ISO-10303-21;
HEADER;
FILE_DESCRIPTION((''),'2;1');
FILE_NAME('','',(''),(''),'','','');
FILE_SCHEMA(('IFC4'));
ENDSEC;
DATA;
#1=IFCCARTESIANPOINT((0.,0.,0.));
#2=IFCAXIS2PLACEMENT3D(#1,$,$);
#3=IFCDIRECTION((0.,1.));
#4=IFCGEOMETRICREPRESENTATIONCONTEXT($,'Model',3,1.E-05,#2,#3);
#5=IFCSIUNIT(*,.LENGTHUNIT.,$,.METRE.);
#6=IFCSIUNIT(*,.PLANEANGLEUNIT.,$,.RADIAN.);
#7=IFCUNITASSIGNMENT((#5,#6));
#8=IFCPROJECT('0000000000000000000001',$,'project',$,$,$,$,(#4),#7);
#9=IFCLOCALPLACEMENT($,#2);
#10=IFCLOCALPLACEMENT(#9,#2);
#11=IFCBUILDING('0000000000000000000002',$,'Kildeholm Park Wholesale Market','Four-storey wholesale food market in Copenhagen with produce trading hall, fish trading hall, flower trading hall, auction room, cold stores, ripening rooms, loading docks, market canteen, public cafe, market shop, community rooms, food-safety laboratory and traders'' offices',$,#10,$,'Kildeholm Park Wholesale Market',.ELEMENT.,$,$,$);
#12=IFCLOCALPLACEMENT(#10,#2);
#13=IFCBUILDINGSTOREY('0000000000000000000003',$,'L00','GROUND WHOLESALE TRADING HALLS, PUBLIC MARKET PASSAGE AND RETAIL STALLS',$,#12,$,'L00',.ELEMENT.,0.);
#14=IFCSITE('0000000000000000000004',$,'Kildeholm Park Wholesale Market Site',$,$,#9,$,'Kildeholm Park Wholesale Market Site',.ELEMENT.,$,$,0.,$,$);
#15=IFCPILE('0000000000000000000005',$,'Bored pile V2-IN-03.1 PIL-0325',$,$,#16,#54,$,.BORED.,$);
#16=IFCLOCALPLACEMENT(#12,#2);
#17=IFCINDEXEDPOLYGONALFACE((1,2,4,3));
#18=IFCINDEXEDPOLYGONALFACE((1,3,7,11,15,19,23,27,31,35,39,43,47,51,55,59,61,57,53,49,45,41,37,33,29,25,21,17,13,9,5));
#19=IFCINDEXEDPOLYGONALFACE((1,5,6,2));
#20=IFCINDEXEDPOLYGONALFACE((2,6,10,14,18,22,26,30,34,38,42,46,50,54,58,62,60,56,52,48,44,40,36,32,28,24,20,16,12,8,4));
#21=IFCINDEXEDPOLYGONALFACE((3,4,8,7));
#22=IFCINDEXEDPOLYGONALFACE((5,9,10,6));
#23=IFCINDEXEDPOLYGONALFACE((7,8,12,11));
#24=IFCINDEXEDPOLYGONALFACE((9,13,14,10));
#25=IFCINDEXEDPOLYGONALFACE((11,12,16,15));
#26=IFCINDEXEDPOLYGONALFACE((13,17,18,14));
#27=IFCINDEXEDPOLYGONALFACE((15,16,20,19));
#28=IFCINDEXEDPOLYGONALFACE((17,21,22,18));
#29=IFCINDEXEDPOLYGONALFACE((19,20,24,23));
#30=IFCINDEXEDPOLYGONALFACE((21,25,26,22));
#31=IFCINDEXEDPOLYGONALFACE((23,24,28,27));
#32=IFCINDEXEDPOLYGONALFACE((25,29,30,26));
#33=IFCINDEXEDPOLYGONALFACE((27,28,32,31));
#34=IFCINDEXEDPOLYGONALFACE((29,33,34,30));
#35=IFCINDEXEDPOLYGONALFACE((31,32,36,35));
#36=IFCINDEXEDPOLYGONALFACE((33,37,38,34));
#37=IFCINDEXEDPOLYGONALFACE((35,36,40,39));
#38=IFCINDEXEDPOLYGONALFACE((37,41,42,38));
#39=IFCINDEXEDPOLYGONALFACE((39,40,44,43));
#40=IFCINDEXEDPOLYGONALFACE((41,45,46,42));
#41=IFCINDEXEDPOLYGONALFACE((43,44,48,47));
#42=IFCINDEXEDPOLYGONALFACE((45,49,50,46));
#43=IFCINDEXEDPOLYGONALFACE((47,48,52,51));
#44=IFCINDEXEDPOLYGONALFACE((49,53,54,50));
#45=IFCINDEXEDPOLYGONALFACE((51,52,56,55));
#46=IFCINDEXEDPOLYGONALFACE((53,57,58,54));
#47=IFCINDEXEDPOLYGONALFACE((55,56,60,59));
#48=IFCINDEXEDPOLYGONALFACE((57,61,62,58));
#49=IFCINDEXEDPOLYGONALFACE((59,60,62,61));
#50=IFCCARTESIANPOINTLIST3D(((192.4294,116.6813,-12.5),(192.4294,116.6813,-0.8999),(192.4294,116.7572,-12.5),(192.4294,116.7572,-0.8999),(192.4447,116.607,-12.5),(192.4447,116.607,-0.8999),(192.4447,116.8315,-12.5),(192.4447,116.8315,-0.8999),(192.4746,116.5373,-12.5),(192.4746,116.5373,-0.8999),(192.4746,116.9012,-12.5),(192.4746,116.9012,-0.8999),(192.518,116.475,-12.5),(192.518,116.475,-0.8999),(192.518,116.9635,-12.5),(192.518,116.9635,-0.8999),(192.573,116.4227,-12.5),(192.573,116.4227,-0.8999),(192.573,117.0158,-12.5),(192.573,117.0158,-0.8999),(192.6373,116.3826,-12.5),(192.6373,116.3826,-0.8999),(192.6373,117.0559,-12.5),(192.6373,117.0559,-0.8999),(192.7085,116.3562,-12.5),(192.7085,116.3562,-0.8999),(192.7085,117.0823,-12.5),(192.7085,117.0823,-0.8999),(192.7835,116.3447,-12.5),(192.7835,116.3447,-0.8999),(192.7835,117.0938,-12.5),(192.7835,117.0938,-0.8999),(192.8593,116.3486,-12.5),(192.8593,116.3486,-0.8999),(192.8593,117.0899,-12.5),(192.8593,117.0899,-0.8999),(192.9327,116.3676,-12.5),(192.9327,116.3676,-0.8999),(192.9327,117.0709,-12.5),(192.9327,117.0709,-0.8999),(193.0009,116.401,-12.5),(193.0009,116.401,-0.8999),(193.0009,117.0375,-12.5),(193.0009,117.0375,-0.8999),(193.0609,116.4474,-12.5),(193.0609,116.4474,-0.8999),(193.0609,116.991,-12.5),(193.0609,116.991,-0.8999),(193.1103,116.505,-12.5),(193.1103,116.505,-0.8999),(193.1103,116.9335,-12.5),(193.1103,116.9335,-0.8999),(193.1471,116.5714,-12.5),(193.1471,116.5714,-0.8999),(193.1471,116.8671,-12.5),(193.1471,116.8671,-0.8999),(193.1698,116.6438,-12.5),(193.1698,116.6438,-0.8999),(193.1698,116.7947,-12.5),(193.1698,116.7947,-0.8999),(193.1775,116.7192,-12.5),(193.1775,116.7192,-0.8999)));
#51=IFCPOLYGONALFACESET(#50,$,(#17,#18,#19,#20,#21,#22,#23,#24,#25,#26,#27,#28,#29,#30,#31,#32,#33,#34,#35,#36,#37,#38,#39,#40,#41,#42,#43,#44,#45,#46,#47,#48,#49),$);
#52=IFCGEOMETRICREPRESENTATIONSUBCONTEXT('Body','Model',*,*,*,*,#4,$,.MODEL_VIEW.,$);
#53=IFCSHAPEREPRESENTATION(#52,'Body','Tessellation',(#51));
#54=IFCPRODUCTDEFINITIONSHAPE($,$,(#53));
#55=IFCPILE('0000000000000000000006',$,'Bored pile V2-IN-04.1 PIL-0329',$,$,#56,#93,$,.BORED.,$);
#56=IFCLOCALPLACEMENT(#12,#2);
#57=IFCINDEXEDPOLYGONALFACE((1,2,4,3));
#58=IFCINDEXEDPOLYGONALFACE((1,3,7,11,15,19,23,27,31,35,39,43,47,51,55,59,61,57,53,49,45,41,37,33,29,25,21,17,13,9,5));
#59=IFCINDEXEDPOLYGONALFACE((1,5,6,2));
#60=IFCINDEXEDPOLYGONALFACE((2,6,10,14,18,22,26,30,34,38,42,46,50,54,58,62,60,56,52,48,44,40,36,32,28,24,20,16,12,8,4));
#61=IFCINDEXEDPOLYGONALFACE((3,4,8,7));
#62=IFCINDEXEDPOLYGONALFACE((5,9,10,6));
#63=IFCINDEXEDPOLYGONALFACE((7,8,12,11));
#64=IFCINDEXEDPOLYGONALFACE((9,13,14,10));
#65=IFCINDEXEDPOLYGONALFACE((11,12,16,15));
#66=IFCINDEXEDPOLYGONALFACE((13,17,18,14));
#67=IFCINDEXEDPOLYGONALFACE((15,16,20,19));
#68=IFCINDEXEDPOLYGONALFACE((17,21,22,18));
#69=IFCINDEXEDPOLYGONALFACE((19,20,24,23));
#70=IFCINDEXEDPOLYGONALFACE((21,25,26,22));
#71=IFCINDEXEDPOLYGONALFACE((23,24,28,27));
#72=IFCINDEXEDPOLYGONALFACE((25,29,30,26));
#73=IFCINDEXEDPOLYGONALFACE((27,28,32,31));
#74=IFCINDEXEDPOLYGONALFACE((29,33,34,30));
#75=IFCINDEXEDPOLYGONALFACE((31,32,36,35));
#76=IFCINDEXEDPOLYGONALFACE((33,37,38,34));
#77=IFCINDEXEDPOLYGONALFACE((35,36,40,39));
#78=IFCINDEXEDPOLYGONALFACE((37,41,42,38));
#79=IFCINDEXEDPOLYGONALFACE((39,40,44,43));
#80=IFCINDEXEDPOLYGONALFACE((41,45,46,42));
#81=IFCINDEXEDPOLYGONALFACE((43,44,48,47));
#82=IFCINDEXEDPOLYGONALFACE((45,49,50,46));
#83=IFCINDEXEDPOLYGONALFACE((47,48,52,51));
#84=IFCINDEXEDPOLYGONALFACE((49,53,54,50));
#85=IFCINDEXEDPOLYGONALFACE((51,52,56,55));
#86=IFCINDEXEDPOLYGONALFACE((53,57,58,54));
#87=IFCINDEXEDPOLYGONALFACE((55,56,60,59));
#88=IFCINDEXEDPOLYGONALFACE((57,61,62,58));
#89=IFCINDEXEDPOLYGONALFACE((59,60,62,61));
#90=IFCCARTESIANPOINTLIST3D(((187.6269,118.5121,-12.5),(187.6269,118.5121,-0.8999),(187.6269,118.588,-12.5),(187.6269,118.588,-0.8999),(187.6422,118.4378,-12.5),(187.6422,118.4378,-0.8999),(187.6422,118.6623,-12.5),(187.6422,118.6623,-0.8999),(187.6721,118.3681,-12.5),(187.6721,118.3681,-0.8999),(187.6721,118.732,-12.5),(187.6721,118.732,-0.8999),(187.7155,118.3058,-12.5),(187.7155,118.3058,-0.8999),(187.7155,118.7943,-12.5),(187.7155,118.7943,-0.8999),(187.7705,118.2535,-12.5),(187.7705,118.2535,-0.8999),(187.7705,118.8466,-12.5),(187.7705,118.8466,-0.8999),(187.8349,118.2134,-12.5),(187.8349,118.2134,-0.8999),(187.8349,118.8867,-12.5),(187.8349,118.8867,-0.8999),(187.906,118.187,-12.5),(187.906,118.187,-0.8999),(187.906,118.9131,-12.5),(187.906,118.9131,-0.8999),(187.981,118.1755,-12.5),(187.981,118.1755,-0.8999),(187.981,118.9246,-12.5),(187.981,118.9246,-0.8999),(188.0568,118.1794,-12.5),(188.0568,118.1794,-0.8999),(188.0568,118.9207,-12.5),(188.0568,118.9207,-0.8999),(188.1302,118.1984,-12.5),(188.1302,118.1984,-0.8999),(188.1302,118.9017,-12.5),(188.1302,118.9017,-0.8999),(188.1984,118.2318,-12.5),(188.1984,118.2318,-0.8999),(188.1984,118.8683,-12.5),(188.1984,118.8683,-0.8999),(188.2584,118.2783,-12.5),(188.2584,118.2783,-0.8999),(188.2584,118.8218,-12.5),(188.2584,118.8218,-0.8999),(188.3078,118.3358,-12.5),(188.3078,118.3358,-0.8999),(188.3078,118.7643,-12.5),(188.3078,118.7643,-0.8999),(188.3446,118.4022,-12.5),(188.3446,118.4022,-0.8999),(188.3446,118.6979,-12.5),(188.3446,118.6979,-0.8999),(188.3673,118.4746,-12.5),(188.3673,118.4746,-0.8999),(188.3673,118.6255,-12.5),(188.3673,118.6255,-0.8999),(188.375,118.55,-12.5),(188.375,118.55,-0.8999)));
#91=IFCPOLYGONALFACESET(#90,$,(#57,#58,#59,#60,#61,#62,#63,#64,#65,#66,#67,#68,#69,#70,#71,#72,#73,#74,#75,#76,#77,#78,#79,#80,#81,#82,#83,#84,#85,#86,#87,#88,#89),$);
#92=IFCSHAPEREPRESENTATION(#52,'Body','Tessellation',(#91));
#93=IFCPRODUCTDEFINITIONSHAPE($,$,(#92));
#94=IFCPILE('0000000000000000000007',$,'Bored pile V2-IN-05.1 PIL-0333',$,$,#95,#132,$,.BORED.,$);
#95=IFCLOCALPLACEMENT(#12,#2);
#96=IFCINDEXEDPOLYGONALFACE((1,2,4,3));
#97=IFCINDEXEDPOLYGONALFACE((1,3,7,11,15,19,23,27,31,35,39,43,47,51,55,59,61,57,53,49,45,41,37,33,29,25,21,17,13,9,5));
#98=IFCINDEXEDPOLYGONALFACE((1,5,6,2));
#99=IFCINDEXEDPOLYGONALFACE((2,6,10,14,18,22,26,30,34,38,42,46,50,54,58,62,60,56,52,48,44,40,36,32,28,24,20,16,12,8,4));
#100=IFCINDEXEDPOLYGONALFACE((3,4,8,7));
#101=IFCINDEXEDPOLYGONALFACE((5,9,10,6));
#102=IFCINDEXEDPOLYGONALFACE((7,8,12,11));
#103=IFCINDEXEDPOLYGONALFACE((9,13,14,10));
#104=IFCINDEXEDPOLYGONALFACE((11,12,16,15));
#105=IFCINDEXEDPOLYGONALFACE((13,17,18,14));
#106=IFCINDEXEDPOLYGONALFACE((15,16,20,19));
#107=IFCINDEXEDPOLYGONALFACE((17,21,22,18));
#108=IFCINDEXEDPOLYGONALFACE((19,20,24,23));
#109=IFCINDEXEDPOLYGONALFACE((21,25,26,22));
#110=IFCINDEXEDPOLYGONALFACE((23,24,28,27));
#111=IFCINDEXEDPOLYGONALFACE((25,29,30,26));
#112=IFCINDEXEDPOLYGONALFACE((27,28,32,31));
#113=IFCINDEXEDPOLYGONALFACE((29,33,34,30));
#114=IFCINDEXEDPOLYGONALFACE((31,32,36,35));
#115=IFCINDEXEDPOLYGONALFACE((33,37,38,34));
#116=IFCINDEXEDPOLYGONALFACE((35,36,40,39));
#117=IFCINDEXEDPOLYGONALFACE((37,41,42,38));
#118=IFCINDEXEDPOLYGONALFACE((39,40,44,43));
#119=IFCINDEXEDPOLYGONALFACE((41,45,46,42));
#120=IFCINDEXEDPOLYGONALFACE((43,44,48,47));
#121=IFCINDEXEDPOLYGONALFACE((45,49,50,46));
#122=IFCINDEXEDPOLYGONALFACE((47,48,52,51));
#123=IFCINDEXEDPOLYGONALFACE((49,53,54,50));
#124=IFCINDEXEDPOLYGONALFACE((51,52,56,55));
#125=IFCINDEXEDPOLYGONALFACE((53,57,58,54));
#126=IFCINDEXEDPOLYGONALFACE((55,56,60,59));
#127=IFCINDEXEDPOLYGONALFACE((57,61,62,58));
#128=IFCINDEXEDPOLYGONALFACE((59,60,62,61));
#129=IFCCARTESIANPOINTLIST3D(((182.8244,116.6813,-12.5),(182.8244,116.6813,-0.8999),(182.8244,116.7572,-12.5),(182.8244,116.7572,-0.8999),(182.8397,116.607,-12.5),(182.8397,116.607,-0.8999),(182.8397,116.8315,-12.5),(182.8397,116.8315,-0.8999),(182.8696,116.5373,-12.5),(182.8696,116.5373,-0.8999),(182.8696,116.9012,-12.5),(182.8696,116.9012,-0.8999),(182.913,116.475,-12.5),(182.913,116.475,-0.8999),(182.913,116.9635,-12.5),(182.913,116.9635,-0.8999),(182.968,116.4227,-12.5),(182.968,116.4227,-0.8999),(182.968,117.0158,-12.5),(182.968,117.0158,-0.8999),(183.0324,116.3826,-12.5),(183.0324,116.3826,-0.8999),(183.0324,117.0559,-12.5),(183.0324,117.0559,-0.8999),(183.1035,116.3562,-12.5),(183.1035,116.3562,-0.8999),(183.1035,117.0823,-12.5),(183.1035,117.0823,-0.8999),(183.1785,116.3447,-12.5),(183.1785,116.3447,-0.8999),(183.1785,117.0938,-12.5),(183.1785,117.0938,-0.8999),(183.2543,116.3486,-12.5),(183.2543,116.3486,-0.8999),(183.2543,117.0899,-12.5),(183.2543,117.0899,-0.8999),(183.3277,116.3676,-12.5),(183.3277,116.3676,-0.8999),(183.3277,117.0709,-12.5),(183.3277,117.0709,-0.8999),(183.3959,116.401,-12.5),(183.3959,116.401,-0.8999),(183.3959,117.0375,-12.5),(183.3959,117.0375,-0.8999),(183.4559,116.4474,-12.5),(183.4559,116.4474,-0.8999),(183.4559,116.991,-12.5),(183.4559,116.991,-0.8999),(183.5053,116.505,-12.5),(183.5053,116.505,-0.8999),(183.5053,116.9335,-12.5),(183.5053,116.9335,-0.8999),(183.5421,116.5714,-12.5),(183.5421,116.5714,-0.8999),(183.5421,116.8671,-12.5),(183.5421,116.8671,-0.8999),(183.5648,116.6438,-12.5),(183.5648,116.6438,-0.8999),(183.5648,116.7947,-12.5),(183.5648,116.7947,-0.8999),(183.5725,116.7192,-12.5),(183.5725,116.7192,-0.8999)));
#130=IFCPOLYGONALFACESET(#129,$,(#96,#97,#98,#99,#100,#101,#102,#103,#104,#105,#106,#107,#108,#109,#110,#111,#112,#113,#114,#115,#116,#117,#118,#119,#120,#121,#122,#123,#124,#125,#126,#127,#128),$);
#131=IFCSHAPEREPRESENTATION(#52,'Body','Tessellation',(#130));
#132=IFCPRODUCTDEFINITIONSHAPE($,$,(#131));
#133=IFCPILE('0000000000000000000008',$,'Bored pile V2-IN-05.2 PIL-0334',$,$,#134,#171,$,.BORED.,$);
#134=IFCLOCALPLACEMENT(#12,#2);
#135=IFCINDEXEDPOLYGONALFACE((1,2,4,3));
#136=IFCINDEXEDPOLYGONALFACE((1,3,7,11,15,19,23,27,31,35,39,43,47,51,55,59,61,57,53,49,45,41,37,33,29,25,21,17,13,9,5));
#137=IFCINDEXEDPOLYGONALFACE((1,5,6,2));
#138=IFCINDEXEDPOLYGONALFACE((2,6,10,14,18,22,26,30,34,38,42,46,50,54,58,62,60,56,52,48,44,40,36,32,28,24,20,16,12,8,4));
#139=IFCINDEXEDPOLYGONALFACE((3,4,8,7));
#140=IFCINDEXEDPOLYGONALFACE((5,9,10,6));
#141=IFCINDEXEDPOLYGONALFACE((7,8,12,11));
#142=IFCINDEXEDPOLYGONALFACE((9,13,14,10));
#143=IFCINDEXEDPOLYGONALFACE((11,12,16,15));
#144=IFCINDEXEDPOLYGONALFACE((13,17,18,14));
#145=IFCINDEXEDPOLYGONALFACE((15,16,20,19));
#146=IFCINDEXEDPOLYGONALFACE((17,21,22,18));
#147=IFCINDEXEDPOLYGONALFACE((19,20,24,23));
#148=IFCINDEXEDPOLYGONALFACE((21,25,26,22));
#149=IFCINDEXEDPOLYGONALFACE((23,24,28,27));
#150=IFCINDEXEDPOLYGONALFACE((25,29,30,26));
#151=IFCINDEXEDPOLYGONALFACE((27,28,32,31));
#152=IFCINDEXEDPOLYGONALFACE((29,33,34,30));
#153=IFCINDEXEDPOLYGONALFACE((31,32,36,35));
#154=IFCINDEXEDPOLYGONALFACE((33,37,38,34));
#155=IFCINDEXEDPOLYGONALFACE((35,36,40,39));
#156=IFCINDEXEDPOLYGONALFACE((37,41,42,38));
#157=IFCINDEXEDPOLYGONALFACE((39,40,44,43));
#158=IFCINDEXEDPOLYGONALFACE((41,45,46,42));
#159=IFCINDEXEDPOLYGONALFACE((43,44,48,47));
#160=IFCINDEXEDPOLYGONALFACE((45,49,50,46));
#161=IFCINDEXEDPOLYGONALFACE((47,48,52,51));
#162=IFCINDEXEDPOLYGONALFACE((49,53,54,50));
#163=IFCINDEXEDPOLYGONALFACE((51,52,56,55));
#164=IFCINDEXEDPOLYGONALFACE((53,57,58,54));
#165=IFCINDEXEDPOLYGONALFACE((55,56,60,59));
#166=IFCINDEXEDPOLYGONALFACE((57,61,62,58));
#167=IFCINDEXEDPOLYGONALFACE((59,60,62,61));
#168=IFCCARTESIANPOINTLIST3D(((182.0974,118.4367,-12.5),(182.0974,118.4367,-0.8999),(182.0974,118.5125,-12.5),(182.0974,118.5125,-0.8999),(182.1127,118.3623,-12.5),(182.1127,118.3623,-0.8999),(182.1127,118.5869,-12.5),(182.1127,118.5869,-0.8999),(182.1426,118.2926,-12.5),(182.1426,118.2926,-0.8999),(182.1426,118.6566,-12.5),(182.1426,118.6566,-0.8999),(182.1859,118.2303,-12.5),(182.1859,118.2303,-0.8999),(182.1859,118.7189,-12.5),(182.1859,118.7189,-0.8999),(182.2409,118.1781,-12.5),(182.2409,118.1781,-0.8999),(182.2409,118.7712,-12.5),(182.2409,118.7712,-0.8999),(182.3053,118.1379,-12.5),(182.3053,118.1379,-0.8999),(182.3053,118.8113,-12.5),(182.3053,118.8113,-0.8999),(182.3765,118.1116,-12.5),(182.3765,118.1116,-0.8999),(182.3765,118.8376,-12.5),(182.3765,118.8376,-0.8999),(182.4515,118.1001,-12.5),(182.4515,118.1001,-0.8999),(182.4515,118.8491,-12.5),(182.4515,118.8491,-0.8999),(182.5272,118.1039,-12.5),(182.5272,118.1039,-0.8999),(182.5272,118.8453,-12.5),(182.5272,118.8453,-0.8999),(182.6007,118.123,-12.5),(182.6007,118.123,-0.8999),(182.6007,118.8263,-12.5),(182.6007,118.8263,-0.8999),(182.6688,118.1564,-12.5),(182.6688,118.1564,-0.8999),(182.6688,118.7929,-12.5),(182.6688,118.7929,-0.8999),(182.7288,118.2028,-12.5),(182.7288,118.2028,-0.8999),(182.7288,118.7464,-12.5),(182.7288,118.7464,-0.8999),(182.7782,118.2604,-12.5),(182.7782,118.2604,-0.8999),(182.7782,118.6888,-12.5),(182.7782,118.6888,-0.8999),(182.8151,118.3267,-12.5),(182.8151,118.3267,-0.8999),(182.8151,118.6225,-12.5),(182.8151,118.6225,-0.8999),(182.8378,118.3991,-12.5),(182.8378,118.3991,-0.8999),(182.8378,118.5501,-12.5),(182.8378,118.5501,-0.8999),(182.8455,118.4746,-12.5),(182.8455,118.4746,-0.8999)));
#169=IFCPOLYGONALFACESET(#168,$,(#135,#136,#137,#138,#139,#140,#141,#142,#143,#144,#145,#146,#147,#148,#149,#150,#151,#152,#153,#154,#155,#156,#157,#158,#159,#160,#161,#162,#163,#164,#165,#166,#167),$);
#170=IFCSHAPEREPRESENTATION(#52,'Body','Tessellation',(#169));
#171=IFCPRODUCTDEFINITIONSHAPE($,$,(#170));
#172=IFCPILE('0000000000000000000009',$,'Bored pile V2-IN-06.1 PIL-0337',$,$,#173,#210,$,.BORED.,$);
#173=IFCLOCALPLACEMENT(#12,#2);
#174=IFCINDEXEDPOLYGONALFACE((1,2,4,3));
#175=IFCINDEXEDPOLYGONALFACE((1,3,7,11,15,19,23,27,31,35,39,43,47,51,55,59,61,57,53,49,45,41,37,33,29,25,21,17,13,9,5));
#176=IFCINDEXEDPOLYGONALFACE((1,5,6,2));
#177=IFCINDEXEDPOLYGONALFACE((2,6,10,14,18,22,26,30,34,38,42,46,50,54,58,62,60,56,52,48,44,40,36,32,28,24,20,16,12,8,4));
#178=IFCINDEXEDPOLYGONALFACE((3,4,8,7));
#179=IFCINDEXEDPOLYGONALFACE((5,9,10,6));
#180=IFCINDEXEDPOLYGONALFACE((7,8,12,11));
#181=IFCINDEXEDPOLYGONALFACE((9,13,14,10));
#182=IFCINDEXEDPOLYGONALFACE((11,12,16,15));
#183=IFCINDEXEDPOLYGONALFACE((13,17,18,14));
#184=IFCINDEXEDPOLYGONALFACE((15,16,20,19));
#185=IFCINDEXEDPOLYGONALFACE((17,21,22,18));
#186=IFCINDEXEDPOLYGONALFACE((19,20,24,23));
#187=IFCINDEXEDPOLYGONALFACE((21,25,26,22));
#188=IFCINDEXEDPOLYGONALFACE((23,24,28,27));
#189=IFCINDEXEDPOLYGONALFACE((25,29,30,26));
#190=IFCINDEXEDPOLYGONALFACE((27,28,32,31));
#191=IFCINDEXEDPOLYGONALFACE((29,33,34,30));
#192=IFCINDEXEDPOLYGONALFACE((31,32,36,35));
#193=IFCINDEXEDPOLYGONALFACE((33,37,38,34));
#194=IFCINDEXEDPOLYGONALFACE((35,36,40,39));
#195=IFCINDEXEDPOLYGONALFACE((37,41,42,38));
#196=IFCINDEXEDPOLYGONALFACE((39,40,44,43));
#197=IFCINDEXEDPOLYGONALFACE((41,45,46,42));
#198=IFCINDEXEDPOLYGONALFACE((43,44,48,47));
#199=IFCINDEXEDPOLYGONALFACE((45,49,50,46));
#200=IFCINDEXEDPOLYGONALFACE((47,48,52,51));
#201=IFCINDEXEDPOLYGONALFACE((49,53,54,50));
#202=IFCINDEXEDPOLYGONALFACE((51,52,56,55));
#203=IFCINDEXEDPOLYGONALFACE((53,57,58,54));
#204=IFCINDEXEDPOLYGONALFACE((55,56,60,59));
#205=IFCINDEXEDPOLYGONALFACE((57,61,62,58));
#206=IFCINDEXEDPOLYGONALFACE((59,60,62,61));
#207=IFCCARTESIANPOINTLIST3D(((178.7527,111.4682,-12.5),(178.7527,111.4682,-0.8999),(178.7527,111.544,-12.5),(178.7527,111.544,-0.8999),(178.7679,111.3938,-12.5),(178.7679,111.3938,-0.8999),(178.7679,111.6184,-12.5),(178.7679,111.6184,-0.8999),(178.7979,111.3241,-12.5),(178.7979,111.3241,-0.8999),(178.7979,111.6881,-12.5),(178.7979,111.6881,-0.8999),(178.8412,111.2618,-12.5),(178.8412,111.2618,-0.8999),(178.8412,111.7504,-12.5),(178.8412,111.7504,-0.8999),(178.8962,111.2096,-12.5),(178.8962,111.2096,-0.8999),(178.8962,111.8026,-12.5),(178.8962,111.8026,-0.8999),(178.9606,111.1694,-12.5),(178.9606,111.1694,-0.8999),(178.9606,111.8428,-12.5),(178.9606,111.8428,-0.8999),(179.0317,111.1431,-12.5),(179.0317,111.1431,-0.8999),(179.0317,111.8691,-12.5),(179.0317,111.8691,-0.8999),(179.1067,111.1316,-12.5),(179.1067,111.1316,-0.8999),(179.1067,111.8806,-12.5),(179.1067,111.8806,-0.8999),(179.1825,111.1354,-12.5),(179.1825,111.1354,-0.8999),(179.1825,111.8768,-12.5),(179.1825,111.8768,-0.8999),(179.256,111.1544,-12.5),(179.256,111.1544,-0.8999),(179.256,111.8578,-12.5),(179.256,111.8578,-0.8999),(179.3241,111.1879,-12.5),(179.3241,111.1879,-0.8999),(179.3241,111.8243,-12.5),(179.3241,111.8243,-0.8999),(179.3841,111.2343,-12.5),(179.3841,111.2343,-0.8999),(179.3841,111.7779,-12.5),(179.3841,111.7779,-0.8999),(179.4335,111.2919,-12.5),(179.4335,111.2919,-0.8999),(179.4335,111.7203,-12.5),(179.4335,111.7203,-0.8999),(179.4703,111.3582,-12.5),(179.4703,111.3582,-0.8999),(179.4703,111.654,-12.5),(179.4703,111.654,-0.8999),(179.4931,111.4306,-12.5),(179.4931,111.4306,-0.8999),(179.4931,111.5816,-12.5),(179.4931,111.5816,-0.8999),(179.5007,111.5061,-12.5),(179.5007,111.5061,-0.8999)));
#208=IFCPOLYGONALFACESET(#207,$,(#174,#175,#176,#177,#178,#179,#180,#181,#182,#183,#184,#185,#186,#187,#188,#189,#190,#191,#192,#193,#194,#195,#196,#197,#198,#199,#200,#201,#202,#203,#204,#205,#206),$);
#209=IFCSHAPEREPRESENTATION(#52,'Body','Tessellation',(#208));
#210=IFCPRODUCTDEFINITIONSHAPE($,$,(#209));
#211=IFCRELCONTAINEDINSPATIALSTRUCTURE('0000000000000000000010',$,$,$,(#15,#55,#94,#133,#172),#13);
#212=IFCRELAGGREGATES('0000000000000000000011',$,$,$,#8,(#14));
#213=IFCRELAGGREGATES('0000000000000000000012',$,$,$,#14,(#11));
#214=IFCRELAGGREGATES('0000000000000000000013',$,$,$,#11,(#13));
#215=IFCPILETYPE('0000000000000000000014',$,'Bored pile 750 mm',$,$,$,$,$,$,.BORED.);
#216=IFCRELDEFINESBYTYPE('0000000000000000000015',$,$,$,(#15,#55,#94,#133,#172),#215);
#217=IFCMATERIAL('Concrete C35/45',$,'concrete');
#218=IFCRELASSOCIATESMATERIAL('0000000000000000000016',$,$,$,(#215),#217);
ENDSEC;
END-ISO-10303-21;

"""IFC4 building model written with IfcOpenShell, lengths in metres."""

from ifc_helpers import new_model, si_unit, direction, frame, origin, origin_2d, place, context, subcontext, project, spatial, circle, extrude, material, material_profile, profile_set, type_object, element, save


model = new_model("IFC4")

# Units and contexts
model_context = context("Model", 3, precision=1e-05, world=origin(), true_north=direction((0.0, 1.0)))
body_context = subcontext(model_context, "Body", "Model", "MODEL_VIEW")
ifc_project = project(units=[si_unit("LENGTHUNIT", "METRE"), si_unit("PLANEANGLEUNIT", "RADIAN")], contexts=[model_context])

# Site, building, storey
site_placement = place(None, origin())
site = spatial("IfcSite", under=ifc_project, at=site_placement, Name="Kildeholm Park Wholesale Market Site", LongName="Kildeholm Park Wholesale Market Site", CompositionType="ELEMENT", RefElevation=0.0)
building_placement = place(site_placement, origin())
building = spatial("IfcBuilding", under=site, at=building_placement, Name="Kildeholm Park Wholesale Market", Description="Four-storey wholesale food market in Copenhagen with produce trading hall, fish trading hall, flower trading hall, auction room, cold stores, ripening rooms, loading docks, market canteen, public cafe, market shop, community rooms, food-safety laboratory and traders' offices", LongName="Kildeholm Park Wholesale Market", CompositionType="ELEMENT")
storey_placement = place(building_placement, origin())
storey = spatial("IfcBuildingStorey", under=building, at=storey_placement, Name="L00", Description="GROUND WHOLESALE TRADING HALLS, PUBLIC MARKET PASSAGE AND RETAIL STALLS", LongName="L00", CompositionType="ELEMENT", Elevation=0.0)

# Piles
ifc_material_1 = material(Name="Concrete C35/45", Category="concrete")
ifc_material_profile_1 = material_profile(ifc_material_1, circle(Radius=0.375, at=origin_2d()), Name="PILE D750")
ifc_profile_set_1 = profile_set([ifc_material_profile_1], Name="Concrete C35/45")
pile_type = type_object("IfcPileType", Name="Bored pile 750 mm", PredefinedType="BORED", material=ifc_profile_set_1)
for number, where, z_axis, x_axis, name in (
    (1, (192.8025, 116.7192, -0.8999), (0.0, 0.0, -1.0), (1.0, 0.0, 0.0), "Bored pile V2-IN-03.1 PIL-0325"),
    (2, (188.0, 118.55, -0.8999), (0.0, 0.0, -1.0), (1.0, 0.0, 0.0), "Bored pile V2-IN-04.1 PIL-0329"),
    (3, (183.1975, 116.7192, -0.8999), (0.0, 0.0, -1.0), (1.0, 0.0, 0.0), "Bored pile V2-IN-05.1 PIL-0333"),
    (4, (182.4705, 118.4746, -0.8999), (0.0, 0.0, -1.0), (1.0, 0.0, 0.0), "Bored pile V2-IN-05.2 PIL-0334"),
    (5, (179.1257, 111.5061, -0.8999), (0.0, 0.0, -1.0), (1.0, 0.0, 0.0), "Bored pile V2-IN-06.1 PIL-0337"),
):
    element("IfcPile", number, at=place(storey_placement, frame(where, z_axis=z_axis, x_axis=x_axis)), inside=storey, type_object=pile_type, Name=name, PredefinedType="BORED", context=body_context, shape_type="SweptSolid", body=[
        extrude(circle(Radius=0.375, at=origin_2d()), origin(), (0.0, 0.0, 1.0), 11.6001),
    ])

save(model, "model.ifc")
